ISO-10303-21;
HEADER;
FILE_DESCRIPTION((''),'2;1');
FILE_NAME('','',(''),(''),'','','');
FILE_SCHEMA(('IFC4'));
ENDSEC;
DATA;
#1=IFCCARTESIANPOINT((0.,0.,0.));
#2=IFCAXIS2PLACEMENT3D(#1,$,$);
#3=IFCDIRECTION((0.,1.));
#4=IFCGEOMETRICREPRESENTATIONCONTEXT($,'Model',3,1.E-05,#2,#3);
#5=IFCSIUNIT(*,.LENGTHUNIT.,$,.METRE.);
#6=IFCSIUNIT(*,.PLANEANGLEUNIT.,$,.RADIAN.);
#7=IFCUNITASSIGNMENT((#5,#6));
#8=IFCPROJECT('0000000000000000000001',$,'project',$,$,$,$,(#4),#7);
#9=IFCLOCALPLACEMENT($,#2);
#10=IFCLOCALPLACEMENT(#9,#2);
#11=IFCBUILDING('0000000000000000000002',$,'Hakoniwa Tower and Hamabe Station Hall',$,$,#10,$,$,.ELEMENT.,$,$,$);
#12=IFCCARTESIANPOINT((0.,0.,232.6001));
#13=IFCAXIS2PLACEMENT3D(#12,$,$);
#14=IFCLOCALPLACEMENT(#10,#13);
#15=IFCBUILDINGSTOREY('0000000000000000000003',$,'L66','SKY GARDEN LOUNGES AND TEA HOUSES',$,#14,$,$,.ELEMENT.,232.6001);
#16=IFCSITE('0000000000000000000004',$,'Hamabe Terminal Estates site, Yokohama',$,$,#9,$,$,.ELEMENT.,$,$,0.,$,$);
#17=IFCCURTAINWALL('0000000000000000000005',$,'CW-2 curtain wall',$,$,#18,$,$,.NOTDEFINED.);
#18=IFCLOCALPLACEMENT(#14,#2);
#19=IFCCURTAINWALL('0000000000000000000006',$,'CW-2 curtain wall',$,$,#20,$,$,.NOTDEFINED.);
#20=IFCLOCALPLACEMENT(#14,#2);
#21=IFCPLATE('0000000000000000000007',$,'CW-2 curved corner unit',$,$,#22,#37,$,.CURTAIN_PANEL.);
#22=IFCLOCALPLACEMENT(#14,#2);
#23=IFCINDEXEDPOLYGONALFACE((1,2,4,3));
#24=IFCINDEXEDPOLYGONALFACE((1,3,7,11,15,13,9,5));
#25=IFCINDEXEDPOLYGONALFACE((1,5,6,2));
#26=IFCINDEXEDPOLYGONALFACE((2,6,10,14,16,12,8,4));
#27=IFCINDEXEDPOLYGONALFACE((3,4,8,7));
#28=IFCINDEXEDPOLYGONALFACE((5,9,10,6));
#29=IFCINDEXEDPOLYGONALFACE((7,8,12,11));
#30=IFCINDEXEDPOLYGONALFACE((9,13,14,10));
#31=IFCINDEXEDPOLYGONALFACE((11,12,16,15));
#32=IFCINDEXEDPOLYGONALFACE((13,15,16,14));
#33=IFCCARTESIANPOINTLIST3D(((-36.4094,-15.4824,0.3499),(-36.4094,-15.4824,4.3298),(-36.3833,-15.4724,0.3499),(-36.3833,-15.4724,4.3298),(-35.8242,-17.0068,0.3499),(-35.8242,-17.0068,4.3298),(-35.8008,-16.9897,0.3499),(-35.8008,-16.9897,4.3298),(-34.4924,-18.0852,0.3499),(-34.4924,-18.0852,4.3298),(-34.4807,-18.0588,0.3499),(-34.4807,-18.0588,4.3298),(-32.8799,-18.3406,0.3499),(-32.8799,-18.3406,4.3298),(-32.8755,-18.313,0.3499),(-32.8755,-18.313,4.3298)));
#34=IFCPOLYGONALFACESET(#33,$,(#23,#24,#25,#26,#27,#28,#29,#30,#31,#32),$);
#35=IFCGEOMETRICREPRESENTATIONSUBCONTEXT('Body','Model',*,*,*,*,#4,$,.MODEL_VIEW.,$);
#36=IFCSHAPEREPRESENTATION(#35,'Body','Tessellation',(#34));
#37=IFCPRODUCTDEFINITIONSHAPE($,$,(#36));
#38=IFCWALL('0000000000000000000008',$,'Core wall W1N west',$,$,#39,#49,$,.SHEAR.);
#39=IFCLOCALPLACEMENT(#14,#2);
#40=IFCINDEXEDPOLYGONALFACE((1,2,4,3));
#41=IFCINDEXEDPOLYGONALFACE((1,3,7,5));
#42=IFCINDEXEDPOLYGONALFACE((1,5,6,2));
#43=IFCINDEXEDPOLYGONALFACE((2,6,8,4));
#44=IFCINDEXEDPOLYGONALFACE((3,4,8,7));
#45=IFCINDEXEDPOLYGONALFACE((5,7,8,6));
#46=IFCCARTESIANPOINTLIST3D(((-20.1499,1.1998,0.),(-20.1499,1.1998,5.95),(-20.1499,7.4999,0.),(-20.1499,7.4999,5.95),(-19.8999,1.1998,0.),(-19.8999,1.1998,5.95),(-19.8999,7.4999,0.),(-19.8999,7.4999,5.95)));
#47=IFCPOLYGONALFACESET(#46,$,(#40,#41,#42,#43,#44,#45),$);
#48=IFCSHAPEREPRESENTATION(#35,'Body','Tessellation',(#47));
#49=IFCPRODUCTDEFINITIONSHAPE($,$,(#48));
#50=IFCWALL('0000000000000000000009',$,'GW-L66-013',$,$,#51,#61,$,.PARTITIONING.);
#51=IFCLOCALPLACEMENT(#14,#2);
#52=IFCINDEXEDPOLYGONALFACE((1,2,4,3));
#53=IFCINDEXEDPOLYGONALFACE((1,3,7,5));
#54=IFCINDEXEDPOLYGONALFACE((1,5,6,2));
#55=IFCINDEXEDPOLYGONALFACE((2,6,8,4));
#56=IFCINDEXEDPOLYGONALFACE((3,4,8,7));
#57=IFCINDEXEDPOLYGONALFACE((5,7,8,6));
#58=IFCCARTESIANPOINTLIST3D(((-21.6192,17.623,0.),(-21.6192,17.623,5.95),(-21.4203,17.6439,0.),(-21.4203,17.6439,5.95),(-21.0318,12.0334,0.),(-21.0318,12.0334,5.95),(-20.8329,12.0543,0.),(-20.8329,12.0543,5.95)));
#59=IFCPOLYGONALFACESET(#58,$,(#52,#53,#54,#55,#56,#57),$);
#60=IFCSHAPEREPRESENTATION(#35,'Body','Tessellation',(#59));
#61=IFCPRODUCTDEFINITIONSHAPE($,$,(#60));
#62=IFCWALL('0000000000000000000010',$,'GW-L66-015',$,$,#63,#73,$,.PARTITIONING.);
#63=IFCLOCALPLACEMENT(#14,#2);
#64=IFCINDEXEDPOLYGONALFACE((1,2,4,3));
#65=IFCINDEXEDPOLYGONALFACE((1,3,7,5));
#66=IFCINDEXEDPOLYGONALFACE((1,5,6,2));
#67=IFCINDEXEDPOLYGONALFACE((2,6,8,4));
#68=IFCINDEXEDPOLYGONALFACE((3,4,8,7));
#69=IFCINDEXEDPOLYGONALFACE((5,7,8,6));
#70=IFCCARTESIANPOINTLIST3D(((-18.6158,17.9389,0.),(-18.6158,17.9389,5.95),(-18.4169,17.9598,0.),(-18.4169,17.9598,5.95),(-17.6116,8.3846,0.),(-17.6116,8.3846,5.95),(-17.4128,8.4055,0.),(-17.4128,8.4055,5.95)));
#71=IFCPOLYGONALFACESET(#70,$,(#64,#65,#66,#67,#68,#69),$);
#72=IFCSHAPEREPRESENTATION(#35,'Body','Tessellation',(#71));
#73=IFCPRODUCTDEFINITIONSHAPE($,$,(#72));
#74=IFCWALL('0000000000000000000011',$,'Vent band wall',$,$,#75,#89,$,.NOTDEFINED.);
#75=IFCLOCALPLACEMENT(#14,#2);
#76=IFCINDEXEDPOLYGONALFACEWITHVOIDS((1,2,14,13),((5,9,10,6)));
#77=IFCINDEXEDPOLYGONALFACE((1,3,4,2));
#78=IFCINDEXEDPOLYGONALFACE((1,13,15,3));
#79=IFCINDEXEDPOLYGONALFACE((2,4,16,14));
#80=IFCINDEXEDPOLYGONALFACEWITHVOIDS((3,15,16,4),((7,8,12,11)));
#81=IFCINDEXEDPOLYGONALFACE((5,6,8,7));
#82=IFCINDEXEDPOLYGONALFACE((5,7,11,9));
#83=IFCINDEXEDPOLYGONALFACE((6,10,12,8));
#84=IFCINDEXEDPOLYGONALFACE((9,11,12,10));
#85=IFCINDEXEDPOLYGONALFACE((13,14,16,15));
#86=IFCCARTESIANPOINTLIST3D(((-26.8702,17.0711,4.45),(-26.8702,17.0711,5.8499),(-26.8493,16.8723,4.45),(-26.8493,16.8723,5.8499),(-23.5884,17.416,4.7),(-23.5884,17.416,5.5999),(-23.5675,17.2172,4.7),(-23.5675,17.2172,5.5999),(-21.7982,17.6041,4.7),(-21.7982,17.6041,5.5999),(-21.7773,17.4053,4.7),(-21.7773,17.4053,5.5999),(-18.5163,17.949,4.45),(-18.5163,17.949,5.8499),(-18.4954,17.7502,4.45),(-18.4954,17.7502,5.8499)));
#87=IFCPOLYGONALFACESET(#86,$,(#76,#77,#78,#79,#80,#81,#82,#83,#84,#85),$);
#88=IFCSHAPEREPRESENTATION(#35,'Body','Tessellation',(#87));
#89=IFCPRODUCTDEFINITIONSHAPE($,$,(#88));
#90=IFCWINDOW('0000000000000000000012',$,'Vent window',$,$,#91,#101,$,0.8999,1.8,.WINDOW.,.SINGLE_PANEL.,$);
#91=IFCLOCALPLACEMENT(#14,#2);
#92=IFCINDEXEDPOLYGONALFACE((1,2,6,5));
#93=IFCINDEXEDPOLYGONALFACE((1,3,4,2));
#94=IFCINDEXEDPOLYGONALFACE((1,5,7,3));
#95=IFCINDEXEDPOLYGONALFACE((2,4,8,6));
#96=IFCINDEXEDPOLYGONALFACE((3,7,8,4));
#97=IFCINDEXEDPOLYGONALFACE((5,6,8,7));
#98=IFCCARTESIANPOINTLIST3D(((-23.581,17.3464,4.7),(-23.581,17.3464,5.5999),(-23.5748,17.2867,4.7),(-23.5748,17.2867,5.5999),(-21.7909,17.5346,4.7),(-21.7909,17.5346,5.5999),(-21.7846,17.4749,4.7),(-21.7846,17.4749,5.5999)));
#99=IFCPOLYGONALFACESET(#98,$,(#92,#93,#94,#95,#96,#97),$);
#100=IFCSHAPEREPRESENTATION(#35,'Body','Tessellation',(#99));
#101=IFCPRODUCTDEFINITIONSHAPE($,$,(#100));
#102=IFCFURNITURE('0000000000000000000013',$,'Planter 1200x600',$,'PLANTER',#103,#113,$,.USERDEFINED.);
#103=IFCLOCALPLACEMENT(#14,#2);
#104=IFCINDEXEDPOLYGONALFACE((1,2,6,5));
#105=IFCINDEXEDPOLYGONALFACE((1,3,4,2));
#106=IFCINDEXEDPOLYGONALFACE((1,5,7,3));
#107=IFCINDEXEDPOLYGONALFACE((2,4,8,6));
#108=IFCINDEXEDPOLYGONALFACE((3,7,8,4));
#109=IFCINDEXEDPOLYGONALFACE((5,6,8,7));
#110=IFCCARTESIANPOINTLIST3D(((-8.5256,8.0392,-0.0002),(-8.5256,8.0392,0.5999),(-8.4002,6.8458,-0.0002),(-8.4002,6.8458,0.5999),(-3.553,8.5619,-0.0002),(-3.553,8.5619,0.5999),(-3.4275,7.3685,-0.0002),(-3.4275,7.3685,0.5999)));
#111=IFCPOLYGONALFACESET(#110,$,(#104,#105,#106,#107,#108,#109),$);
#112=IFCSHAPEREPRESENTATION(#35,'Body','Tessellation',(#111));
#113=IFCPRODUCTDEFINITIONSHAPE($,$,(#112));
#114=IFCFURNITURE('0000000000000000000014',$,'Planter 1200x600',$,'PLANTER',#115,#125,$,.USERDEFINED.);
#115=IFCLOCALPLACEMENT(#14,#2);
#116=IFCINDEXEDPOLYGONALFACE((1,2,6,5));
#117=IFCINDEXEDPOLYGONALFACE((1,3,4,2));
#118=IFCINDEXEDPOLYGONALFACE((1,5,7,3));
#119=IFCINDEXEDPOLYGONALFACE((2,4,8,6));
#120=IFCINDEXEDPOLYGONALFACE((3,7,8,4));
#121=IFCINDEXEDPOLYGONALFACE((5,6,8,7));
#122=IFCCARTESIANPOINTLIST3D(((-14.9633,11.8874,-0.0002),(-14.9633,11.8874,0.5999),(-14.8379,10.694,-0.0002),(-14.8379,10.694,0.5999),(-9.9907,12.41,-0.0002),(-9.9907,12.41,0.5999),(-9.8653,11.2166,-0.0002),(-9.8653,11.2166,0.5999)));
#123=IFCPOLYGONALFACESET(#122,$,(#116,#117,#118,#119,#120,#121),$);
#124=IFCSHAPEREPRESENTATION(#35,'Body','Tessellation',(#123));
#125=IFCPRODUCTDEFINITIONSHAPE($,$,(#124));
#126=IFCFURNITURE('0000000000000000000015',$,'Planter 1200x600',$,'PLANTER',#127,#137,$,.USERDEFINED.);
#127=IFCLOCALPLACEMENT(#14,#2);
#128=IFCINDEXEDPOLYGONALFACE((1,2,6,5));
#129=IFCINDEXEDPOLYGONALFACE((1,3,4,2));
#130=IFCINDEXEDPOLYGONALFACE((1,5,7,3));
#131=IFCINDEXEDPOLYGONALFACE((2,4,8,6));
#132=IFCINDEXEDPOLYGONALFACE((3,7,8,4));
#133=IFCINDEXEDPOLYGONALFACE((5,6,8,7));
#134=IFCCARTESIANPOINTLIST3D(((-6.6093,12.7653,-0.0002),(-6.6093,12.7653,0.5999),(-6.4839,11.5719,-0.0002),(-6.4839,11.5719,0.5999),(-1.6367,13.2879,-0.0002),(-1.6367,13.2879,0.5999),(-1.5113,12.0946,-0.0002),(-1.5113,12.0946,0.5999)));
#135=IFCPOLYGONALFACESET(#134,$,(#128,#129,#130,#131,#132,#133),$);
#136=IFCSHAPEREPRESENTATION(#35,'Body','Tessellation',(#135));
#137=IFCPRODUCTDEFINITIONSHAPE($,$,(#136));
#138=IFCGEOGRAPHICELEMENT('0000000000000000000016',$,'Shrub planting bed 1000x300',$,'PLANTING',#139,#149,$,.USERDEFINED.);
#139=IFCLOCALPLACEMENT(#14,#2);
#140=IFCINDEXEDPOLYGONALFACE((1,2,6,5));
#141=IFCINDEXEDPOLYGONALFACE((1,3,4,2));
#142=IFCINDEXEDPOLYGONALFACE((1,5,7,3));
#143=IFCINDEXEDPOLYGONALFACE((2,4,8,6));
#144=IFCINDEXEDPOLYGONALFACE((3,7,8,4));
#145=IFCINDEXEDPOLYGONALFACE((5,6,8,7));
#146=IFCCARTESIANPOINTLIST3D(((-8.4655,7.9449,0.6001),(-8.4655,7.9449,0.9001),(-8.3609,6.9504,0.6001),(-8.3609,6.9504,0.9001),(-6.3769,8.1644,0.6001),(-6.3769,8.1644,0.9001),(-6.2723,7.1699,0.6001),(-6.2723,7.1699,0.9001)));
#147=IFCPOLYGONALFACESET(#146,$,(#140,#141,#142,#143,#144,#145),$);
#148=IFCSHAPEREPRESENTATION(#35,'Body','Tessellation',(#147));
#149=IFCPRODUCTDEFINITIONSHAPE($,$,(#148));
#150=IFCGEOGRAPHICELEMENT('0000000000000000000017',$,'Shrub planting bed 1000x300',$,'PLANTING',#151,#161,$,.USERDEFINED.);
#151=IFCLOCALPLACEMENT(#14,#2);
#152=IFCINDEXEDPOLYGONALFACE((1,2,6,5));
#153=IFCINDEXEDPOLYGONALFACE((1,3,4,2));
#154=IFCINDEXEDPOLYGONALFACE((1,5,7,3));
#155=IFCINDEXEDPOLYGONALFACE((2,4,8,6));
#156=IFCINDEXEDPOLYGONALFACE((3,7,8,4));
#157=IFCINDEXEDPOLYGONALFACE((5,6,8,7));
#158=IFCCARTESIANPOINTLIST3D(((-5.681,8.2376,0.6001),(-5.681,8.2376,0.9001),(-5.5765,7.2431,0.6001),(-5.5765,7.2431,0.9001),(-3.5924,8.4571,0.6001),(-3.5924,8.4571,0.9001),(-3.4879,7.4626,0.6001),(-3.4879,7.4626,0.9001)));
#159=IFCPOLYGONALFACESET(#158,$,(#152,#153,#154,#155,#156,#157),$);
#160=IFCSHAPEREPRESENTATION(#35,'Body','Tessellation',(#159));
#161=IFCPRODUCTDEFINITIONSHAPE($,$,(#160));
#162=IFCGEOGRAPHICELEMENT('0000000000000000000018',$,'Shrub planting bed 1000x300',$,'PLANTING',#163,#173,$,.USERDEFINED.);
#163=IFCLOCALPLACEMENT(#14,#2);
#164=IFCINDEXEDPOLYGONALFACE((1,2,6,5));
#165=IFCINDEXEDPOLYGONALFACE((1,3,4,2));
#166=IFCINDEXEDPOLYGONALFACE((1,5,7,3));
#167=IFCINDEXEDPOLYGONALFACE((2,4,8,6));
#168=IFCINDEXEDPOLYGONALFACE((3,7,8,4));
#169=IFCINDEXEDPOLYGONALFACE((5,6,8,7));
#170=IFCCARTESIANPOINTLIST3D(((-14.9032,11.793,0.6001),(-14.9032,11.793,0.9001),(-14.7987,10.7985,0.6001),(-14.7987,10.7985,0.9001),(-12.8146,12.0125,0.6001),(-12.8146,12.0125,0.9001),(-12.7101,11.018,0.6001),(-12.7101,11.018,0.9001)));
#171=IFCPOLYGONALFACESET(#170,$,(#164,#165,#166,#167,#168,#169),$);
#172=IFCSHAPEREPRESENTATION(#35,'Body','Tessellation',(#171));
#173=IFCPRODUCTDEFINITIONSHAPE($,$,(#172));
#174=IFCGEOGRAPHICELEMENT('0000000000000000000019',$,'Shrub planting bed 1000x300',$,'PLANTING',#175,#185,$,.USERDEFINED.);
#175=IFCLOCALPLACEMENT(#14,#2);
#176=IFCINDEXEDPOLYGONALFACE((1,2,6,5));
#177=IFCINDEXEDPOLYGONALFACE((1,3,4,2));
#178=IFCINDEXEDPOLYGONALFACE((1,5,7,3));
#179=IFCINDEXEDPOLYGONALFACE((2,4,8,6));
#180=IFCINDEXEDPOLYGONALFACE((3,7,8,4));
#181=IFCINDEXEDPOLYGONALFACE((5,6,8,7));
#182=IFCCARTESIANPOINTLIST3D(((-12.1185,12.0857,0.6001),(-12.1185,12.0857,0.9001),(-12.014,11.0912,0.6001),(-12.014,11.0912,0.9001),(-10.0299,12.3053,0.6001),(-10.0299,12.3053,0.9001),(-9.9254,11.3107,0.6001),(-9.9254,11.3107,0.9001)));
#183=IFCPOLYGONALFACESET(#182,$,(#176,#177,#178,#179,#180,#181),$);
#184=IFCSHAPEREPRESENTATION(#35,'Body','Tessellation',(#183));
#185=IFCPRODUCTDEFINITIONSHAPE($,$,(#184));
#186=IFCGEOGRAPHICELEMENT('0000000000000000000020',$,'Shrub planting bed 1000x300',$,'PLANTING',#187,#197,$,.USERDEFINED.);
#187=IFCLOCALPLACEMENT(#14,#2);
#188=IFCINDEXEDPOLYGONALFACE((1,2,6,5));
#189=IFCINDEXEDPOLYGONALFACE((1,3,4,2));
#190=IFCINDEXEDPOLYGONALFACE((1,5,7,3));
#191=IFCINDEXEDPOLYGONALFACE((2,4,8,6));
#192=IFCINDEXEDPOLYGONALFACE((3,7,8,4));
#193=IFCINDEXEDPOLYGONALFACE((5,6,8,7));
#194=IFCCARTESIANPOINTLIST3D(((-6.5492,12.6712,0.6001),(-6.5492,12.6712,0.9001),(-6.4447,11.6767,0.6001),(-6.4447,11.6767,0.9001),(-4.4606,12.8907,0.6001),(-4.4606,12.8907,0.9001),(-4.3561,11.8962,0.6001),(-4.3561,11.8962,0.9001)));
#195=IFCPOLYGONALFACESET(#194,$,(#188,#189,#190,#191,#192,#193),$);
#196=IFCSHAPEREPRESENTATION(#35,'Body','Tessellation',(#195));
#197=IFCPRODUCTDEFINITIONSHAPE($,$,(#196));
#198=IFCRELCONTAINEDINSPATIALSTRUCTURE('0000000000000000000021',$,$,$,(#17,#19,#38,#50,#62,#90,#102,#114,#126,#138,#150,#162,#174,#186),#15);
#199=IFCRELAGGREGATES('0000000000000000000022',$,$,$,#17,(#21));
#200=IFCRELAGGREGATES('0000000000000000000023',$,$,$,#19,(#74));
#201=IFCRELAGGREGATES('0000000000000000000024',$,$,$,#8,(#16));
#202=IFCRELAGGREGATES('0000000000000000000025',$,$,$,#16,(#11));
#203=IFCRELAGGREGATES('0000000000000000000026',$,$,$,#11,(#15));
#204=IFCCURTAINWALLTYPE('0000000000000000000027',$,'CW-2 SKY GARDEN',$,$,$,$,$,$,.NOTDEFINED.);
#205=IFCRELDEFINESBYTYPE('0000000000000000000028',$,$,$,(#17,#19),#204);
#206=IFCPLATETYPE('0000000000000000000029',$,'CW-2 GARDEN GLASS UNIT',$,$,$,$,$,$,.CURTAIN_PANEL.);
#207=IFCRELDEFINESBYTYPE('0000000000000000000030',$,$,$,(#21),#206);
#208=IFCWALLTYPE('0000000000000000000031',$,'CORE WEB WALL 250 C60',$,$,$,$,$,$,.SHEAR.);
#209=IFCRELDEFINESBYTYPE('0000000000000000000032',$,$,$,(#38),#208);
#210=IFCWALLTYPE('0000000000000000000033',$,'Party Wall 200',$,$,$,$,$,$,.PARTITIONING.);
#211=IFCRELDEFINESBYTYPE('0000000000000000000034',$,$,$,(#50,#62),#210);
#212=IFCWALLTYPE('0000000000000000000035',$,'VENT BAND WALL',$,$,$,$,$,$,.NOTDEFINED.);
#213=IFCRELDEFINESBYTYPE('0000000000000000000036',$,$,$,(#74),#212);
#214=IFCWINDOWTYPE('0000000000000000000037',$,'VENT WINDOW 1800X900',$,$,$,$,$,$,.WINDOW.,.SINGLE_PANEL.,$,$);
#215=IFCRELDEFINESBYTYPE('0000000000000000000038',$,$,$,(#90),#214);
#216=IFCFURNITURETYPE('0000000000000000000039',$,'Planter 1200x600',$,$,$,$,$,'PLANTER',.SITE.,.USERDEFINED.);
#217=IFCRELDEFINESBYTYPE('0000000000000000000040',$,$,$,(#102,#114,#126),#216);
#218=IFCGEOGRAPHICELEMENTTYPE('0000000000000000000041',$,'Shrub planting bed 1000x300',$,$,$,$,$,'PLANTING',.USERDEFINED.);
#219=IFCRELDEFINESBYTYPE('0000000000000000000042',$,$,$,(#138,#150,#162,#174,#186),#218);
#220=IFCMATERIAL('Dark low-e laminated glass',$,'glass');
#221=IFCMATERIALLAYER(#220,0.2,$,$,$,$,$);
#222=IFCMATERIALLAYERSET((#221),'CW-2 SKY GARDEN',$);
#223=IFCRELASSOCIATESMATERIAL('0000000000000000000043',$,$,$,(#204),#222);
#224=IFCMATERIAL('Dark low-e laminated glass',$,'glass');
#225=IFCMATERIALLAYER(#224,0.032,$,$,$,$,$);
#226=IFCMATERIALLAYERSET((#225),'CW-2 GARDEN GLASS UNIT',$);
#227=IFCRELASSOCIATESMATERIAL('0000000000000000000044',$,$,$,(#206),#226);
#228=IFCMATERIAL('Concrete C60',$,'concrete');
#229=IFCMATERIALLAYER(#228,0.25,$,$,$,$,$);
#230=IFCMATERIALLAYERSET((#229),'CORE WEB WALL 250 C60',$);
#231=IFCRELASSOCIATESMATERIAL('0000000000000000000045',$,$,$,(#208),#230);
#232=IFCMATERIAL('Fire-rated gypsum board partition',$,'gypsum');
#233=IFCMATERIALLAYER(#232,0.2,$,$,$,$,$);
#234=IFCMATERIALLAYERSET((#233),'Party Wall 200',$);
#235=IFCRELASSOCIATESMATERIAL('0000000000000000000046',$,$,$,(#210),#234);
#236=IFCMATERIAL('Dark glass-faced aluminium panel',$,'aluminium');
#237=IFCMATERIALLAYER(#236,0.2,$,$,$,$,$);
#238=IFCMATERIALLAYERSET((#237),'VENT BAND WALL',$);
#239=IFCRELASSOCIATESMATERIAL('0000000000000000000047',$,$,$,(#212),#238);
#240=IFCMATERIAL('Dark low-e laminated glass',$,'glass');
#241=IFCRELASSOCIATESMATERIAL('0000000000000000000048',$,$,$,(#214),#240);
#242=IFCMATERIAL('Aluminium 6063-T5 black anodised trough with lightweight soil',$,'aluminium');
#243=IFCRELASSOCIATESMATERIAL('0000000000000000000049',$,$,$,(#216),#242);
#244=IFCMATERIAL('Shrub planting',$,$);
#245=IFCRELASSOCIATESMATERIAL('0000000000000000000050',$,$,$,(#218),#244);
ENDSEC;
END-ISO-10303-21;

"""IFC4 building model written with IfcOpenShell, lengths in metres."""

from ifc_helpers import new_model, si_unit, direction, frame, frame_2d, origin, origin_2d, place, context, subcontext, project, spatial, polyline, rectangle, outline, extrude, material, layer, layer_set, type_object, element, fill, aggregate, save


model = new_model("IFC4")

# Units and contexts
model_context = context("Model", 3, precision=1e-05, world=origin(), true_north=direction((0.0, 1.0)))
body_context = subcontext(model_context, "Body", "Model", "MODEL_VIEW")
ifc_project = project(units=[si_unit("LENGTHUNIT", "METRE"), si_unit("PLANEANGLEUNIT", "RADIAN")], contexts=[model_context])

# Site, building, storey
site_placement = place(None, origin())
site = spatial("IfcSite", under=ifc_project, at=site_placement, Name="Hamabe Terminal Estates site, Yokohama", CompositionType="ELEMENT", RefElevation=0.0)
building_placement = place(site_placement, origin())
building = spatial("IfcBuilding", under=site, at=building_placement, Name="Hakoniwa Tower and Hamabe Station Hall", CompositionType="ELEMENT")
storey_placement = place(building_placement, frame((0.0, 0.0, 232.6001)))
storey = spatial("IfcBuildingStorey", under=building, at=storey_placement, Name="L66", Description="SKY GARDEN LOUNGES AND TEA HOUSES", CompositionType="ELEMENT", Elevation=232.6001)

# Curtain wall
ifc_material_1 = material(Name="Dark low-e laminated glass", Category="glass")
ifc_layer_1 = layer(ifc_material_1, 0.2)
ifc_layer_set_1 = layer_set([ifc_layer_1], Name="CW-2 SKY GARDEN")
curtain_wall_type = type_object("IfcCurtainWallType", Name="CW-2 SKY GARDEN", PredefinedType="NOTDEFINED", material=ifc_layer_set_1)
curtain_wall_1_placement = place(storey_placement, origin())
curtain_wall_1 = element("IfcCurtainWall", 1, at=curtain_wall_1_placement, inside=storey, type_object=curtain_wall_type, Name="CW-2 curtain wall", PredefinedType="NOTDEFINED")

# Curtain wall
curtain_wall_2_placement = place(storey_placement, origin())
curtain_wall_2 = element("IfcCurtainWall", 2, at=curtain_wall_2_placement, inside=storey, type_object=curtain_wall_type, Name="CW-2 curtain wall", PredefinedType="NOTDEFINED")

# Plate
ifc_material_2 = material(Name="Dark low-e laminated glass", Category="glass")
ifc_layer_2 = layer(ifc_material_2, 0.032)
ifc_layer_set_2 = layer_set([ifc_layer_2], Name="CW-2 GARDEN GLASS UNIT")
plate_type = type_object("IfcPlateType", Name="CW-2 GARDEN GLASS UNIT", PredefinedType="CURTAIN_PANEL", material=ifc_layer_set_2)
plate_placement = place(storey_placement, frame((0.0, 0.0, 0.3499)))
plate = element("IfcPlate", 3, at=plate_placement, type_object=plate_type, Name="CW-2 curved corner unit", PredefinedType="CURTAIN_PANEL", context=body_context, shape_type="SweptSolid", body=[
    extrude(outline(polyline([(-36.4094, -15.4824), (-35.8242, -17.0068), (-34.4924, -18.0852), (-32.8799, -18.3406), (-32.8755, -18.313), (-34.4807, -18.0588), (-35.8008, -16.9897), (-36.3833, -15.4724), (-36.4094, -15.4824)])), origin(), (0.0, 0.0, 1.0), 3.98),
])
aggregate(curtain_wall_1, [plate])

# Walls
ifc_material_3 = material(Name="Concrete C60", Category="concrete")
ifc_layer_3 = layer(ifc_material_3, 0.25)
ifc_layer_set_3 = layer_set([ifc_layer_3], Name="CORE WEB WALL 250 C60")
wall_type_1 = type_object("IfcWallType", Name="CORE WEB WALL 250 C60", PredefinedType="SHEAR", material=ifc_layer_set_3)
wall_1_placement = place(storey_placement, frame((-20.0249, 1.2, 0.0), z_axis=(0.0, 0.0, 1.0), x_axis=(0.0, 1.0, 0.0)))
element("IfcWall", 4, at=wall_1_placement, inside=storey, type_object=wall_type_1, Name="Core wall W1N west", PredefinedType="SHEAR", context=body_context, shape_type="SweptSolid", body=[
    extrude(rectangle(XDim=6.3, YDim=0.25, at=frame_2d((3.1499, 0.0))), origin(), (0.0, 0.0, 1.0), 5.95),
])
ifc_material_4 = material(Name="Fire-rated gypsum board partition", Category="gypsum")
ifc_layer_4 = layer(ifc_material_4, 0.2)
ifc_layer_set_4 = layer_set([ifc_layer_4], Name="Party Wall 200")
wall_type_2 = type_object("IfcWallType", Name="Party Wall 200", PredefinedType="PARTITIONING", material=ifc_layer_set_4)
wall_2_placement = place(storey_placement, frame((-20.9324, 12.0439, 0.0), z_axis=(0.0, 0.0, 1.0), x_axis=(-0.104513, 0.994524, 0.0)))
element("IfcWall", 5, at=wall_2_placement, inside=storey, type_object=wall_type_2, Name="GW-L66-013", PredefinedType="PARTITIONING", context=body_context, shape_type="SweptSolid", body=[
    extrude(rectangle(XDim=5.6204, YDim=0.2, at=frame_2d((2.8101, 0.0))), origin(), (0.0, 0.0, 1.0), 5.95),
])
wall_3_placement = place(storey_placement, frame((-17.5122, 8.395, 0.0), z_axis=(0.0, 0.0, 1.0), x_axis=(-0.104525, 0.994522, 0.0)))
element("IfcWall", 6, at=wall_3_placement, inside=storey, type_object=wall_type_2, Name="GW-L66-015", PredefinedType="PARTITIONING", context=body_context, shape_type="SweptSolid", body=[
    extrude(rectangle(XDim=9.6069, YDim=0.2, at=frame_2d((4.8035, 0.0))), origin(), (0.0, 0.0, 1.0), 5.95),
])

# Wall, opening, window
ifc_material_5 = material(Name="Dark glass-faced aluminium panel", Category="aluminium")
ifc_layer_5 = layer(ifc_material_5, 0.2)
ifc_layer_set_5 = layer_set([ifc_layer_5], Name="VENT BAND WALL")
wall_type_3 = type_object("IfcWallType", Name="VENT BAND WALL", PredefinedType="NOTDEFINED", material=ifc_layer_set_5)
wall_4_placement = place(storey_placement, frame((-18.5059, 17.8496, 4.45), z_axis=(0.0, 0.0, 1.0), x_axis=(-0.994523, -0.104515, 0.0)))
wall_4 = element("IfcWall", 7, at=wall_4_placement, type_object=wall_type_3, Name="Vent band wall", PredefinedType="NOTDEFINED", context=body_context, shape_type="SweptSolid", body=[
    extrude(rectangle(XDim=8.3999, YDim=0.2, at=frame_2d((4.2, 0.0))), origin(), (0.0, 0.0, 1.0), 1.3999),
])
opening_placement = place(wall_4_placement, frame((3.3, 0.0, 0.25)))
opening = element("IfcOpeningElement", 8, at=opening_placement, cuts=wall_4, PredefinedType="OPENING", context=body_context, shape_type="SweptSolid", body=[
    extrude(rectangle(XDim=1.8, YDim=0.8999, at=frame_2d((0.8999, 0.45))), frame((0.0, 0.1099, 0.0), z_axis=(0.0, -1.0, 0.0), x_axis=(1.0, 0.0, 0.0)), (0.0, 0.0, 1.0), 0.22),
])
ifc_material_6 = material(Name="Dark low-e laminated glass", Category="glass")
window_type = type_object("IfcWindowType", Name="VENT WINDOW 1800X900", PartitioningType="SINGLE_PANEL", PredefinedType="WINDOW", material=ifc_material_6)
window_placement = place(opening_placement, origin())
window = element("IfcWindow", 9, at=window_placement, inside=storey, type_object=window_type, Name="Vent window", OverallHeight=0.8999, OverallWidth=1.8, PartitioningType="SINGLE_PANEL", PredefinedType="WINDOW", context=body_context, shape_type="SweptSolid", body=[
    extrude(rectangle(XDim=1.8, YDim=0.8999, at=frame_2d((0.8999, 0.45))), frame((0.0, 0.03, 0.0), z_axis=(0.0, -1.0, 0.0), x_axis=(1.0, 0.0, 0.0)), (0.0, 0.0, 1.0), 0.0601),
])
fill(opening, window)
aggregate(curtain_wall_2, [wall_4])

# Furniture
ifc_material_7 = material(Name="Aluminium 6063-T5 black anodised trough with lightweight soil", Category="aluminium")
furniture_type = type_object("IfcFurnitureType", Name="Planter 1200x600", ElementType="PLANTER", AssemblyPlace="SITE", PredefinedType="USERDEFINED", material=ifc_material_7)
for number, where, z_axis, x_axis, name in (
    (10, (-5.9766, 7.7039, -0.0002), (0.0, 0.0, 1.0), (0.994522, 0.104528, 0.0), "Planter 1200x600"),
    (11, (-12.4143, 11.552, -0.0002), (0.0, 0.0, 1.0), (0.994522, 0.104528, 0.0), "Planter 1200x600"),
    (12, (-4.0603, 12.4299, -0.0002), (0.0, 0.0, 1.0), (0.994522, 0.104528, 0.0), "Planter 1200x600"),
):
    element("IfcFurniture", number, at=place(storey_placement, frame(where, z_axis=z_axis, x_axis=x_axis)), inside=storey, type_object=furniture_type, Name=name, ObjectType="PLANTER", PredefinedType="USERDEFINED", context=body_context, shape_type="SweptSolid", body=[
        extrude(rectangle(XDim=5.0, YDim=1.2, at=origin_2d()), origin(), (0.0, 0.0, 1.0), 0.6001),
    ])

# Geographic elements
ifc_material_8 = material(Name="Shrub planting")
geographic_element_type = type_object("IfcGeographicElementType", Name="Shrub planting bed 1000x300", ElementType="PLANTING", PredefinedType="USERDEFINED", material=ifc_material_8)
for number, where, z_axis, x_axis, name in (
    (13, (-7.3689, 7.5574, 0.6001), (0.0, 0.0, 1.0), (0.994522, 0.104528, 0.0), "Shrub planting bed 1000x300"),
    (14, (-4.5845, 7.8501, 0.6001), (0.0, 0.0, 1.0), (0.994522, 0.104528, 0.0), "Shrub planting bed 1000x300"),
    (15, (-13.8066, 11.4055, 0.6001), (0.0, 0.0, 1.0), (0.994522, 0.104528, 0.0), "Shrub planting bed 1000x300"),
    (16, (-11.022, 11.6982, 0.6001), (0.0, 0.0, 1.0), (0.994522, 0.104528, 0.0), "Shrub planting bed 1000x300"),
    (17, (-5.4526, 12.2837, 0.6001), (0.0, 0.0, 1.0), (0.994522, 0.104528, 0.0), "Shrub planting bed 1000x300"),
):
    element("IfcGeographicElement", number, at=place(storey_placement, frame(where, z_axis=z_axis, x_axis=x_axis)), inside=storey, type_object=geographic_element_type, Name=name, ObjectType="PLANTING", PredefinedType="USERDEFINED", context=body_context, shape_type="SweptSolid", body=[
        extrude(rectangle(XDim=2.1001, YDim=1.0, at=origin_2d()), origin(), (0.0, 0.0, 1.0), 0.3),
    ])

save(model, "model.ifc")
